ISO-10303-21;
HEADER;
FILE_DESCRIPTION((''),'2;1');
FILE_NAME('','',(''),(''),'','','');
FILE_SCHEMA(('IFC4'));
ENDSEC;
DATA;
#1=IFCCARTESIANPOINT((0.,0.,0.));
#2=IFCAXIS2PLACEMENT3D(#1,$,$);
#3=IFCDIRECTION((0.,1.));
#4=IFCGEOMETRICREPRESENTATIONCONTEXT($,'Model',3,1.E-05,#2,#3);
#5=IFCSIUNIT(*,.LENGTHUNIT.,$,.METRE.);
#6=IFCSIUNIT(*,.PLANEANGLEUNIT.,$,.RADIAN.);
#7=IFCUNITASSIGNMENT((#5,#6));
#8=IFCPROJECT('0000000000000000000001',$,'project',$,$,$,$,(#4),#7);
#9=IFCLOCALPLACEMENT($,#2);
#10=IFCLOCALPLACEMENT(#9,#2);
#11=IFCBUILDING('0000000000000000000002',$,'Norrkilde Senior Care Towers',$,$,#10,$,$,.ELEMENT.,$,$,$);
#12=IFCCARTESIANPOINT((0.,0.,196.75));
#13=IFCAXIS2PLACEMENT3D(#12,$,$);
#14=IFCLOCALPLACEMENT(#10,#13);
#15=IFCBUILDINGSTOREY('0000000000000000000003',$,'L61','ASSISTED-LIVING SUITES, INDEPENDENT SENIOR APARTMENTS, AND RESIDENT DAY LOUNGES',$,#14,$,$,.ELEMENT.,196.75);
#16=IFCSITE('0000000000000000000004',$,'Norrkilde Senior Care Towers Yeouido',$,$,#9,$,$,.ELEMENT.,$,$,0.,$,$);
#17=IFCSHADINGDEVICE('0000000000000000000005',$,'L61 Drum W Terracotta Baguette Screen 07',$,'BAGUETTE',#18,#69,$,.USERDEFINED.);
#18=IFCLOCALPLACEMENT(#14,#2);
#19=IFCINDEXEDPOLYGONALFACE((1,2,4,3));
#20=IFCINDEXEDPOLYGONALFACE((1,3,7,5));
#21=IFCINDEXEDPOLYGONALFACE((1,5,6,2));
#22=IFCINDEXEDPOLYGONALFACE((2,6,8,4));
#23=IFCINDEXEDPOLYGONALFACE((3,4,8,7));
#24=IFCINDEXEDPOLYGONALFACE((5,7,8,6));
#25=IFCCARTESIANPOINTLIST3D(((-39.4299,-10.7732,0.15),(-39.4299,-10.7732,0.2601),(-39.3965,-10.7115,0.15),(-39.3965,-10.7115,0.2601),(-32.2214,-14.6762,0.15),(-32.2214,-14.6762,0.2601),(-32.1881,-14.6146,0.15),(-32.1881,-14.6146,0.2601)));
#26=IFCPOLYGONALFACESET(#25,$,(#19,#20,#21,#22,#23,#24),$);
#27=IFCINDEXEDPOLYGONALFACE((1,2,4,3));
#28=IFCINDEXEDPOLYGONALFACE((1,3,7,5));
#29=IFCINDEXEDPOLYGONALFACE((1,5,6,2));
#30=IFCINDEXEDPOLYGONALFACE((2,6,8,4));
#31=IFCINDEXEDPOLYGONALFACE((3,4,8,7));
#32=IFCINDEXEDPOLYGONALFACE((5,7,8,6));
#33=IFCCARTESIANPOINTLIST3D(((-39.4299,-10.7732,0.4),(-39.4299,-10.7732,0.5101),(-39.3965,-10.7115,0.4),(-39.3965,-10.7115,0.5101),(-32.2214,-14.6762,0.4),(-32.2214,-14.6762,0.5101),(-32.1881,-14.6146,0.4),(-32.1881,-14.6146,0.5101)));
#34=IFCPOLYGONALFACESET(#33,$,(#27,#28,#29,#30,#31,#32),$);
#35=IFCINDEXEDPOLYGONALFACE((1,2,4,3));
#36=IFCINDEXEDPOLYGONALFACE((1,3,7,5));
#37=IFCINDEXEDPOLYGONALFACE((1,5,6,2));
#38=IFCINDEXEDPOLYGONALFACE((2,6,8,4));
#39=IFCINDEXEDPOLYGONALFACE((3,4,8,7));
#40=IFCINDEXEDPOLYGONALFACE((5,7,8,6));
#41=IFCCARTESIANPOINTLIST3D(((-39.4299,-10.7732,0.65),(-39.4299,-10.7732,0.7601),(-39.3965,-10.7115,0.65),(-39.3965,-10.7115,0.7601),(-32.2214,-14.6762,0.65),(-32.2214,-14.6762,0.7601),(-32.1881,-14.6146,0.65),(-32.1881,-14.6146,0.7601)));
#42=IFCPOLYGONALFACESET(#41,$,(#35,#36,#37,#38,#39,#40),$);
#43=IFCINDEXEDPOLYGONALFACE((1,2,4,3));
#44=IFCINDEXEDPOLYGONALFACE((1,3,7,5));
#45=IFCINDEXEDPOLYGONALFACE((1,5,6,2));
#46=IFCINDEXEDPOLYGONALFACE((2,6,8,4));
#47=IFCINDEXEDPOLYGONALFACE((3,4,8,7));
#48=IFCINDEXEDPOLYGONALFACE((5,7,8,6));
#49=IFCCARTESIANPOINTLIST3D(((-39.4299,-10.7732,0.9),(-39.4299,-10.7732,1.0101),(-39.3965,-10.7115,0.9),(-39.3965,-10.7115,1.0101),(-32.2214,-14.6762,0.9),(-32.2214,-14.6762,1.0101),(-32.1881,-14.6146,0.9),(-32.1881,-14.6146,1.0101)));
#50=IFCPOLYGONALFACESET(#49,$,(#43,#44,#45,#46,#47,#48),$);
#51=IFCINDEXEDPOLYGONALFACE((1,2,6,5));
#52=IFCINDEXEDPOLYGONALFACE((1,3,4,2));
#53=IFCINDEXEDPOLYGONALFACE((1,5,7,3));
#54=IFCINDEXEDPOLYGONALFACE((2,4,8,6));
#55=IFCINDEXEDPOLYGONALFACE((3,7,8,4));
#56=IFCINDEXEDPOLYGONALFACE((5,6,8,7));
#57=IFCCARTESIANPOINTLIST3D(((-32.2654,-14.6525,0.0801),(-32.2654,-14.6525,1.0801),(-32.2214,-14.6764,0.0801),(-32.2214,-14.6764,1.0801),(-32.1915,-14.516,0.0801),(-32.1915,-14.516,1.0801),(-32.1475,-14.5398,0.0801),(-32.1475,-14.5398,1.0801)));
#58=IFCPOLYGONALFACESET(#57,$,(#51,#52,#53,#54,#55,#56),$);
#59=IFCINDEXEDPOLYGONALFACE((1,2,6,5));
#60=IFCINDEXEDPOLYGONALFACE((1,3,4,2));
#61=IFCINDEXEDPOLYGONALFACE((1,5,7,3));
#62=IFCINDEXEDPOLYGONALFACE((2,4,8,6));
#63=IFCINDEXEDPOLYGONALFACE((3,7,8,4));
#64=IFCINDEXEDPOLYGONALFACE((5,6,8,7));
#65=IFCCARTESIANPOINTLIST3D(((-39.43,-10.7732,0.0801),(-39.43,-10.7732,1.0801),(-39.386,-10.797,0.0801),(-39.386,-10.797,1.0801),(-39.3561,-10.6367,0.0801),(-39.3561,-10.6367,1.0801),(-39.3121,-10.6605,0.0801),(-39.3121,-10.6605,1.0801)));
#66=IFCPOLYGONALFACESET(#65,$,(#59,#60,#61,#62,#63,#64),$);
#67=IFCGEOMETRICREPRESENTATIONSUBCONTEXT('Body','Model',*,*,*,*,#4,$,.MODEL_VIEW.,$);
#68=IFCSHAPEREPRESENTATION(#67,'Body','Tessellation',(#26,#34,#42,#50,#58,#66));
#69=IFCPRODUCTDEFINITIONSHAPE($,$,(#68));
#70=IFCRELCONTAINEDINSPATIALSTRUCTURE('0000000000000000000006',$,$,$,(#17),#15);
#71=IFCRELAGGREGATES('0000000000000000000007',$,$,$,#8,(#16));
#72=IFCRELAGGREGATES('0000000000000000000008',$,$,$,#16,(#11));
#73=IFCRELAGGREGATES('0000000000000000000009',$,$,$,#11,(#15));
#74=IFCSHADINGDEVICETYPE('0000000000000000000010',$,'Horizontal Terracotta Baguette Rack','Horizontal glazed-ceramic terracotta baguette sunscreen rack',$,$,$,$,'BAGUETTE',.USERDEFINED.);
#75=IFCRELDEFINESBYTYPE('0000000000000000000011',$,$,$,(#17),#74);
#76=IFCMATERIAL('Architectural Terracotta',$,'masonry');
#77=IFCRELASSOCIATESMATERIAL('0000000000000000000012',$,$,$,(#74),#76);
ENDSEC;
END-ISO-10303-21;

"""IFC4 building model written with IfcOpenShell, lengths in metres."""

from ifc_helpers import new_model, si_unit, direction, frame, origin, origin_2d, place, context, subcontext, project, spatial, rectangle, extrude, source, transform, mapped, material, type_object, type_shapes, element, save


model = new_model("IFC4")

# Units and contexts
model_context = context("Model", 3, precision=1e-05, world=origin(), true_north=direction((0.0, 1.0)))
body_context = subcontext(model_context, "Body", "Model", "MODEL_VIEW")
ifc_project = project(units=[si_unit("LENGTHUNIT", "METRE"), si_unit("PLANEANGLEUNIT", "RADIAN")], contexts=[model_context])

# Site, building, storey
site_placement = place(None, origin())
site = spatial("IfcSite", under=ifc_project, at=site_placement, Name="Norrkilde Senior Care Towers Yeouido", CompositionType="ELEMENT", RefElevation=0.0)
building_placement = place(site_placement, origin())
building = spatial("IfcBuilding", under=site, at=building_placement, Name="Norrkilde Senior Care Towers", CompositionType="ELEMENT")
storey_placement = place(building_placement, frame((0.0, 0.0, 196.75)))
storey = spatial("IfcBuildingStorey", under=building, at=storey_placement, Name="L61", Description="ASSISTED-LIVING SUITES, INDEPENDENT SENIOR APARTMENTS, AND RESIDENT DAY LOUNGES", CompositionType="ELEMENT", Elevation=196.75)

# Shading device
ifc_material_1 = material(Name="Architectural Terracotta", Category="masonry")
shading_device_type = type_object("IfcShadingDeviceType", Name="Horizontal Terracotta Baguette Rack", Description="Horizontal glazed-ceramic terracotta baguette sunscreen rack", ElementType="BAGUETTE", PredefinedType="USERDEFINED", material=ifc_material_1)
shared_shape_1 = source(origin(), body_context, "Body", "SweptSolid", [
    extrude(rectangle(XDim=0.0701, YDim=0.1101, at=origin_2d()), frame((0.0, 0.0901, 0.125), z_axis=(1.0, 0.0, 0.0), x_axis=(0.0, 1.0, 0.0)), (0.0, 0.0, 1.0), 8.1973),
    extrude(rectangle(XDim=0.0701, YDim=0.1101, at=origin_2d()), frame((0.0, 0.0901, 0.375), z_axis=(1.0, 0.0, 0.0), x_axis=(0.0, 1.0, 0.0)), (0.0, 0.0, 1.0), 8.1973),
    extrude(rectangle(XDim=0.0701, YDim=0.1101, at=origin_2d()), frame((0.0, 0.0901, 0.625), z_axis=(1.0, 0.0, 0.0), x_axis=(0.0, 1.0, 0.0)), (0.0, 0.0, 1.0), 8.1973),
    extrude(rectangle(XDim=0.0701, YDim=0.1101, at=origin_2d()), frame((0.0, 0.0901, 0.875), z_axis=(1.0, 0.0, 0.0), x_axis=(0.0, 1.0, 0.0)), (0.0, 0.0, 1.0), 8.1973),
    extrude(rectangle(XDim=0.05, YDim=0.1553, at=origin_2d()), frame((0.0249, 0.0476, 0.0)), (0.0, 0.0, 1.0), 1.0),
    extrude(rectangle(XDim=0.05, YDim=0.1553, at=origin_2d()), frame((8.1724, 0.0476, 0.0)), (0.0, 0.0, 1.0), 1.0),
])
type_shapes(shading_device_type, [shared_shape_1])
shading_device_placement = place(storey_placement, frame((-32.1619, -14.5662, 0.0801), z_axis=(0.0, 0.0, 1.0), x_axis=(-0.879378, 0.476144, 0.0)))
element("IfcShadingDevice", 1, at=shading_device_placement, inside=storey, type_object=shading_device_type, Name="L61 Drum W Terracotta Baguette Screen 07", ObjectType="BAGUETTE", PredefinedType="USERDEFINED", context=body_context, shape_type="MappedRepresentation", body=[
    mapped(shared_shape_1, transform((0.0, 0.0, 0.0), x_axis=(1.0, 0.0, 0.0), y_axis=(0.0, 1.0, 0.0), z_axis=(0.0, 0.0, 1.0), scale=1.0)),
])

save(model, "model.ifc")
